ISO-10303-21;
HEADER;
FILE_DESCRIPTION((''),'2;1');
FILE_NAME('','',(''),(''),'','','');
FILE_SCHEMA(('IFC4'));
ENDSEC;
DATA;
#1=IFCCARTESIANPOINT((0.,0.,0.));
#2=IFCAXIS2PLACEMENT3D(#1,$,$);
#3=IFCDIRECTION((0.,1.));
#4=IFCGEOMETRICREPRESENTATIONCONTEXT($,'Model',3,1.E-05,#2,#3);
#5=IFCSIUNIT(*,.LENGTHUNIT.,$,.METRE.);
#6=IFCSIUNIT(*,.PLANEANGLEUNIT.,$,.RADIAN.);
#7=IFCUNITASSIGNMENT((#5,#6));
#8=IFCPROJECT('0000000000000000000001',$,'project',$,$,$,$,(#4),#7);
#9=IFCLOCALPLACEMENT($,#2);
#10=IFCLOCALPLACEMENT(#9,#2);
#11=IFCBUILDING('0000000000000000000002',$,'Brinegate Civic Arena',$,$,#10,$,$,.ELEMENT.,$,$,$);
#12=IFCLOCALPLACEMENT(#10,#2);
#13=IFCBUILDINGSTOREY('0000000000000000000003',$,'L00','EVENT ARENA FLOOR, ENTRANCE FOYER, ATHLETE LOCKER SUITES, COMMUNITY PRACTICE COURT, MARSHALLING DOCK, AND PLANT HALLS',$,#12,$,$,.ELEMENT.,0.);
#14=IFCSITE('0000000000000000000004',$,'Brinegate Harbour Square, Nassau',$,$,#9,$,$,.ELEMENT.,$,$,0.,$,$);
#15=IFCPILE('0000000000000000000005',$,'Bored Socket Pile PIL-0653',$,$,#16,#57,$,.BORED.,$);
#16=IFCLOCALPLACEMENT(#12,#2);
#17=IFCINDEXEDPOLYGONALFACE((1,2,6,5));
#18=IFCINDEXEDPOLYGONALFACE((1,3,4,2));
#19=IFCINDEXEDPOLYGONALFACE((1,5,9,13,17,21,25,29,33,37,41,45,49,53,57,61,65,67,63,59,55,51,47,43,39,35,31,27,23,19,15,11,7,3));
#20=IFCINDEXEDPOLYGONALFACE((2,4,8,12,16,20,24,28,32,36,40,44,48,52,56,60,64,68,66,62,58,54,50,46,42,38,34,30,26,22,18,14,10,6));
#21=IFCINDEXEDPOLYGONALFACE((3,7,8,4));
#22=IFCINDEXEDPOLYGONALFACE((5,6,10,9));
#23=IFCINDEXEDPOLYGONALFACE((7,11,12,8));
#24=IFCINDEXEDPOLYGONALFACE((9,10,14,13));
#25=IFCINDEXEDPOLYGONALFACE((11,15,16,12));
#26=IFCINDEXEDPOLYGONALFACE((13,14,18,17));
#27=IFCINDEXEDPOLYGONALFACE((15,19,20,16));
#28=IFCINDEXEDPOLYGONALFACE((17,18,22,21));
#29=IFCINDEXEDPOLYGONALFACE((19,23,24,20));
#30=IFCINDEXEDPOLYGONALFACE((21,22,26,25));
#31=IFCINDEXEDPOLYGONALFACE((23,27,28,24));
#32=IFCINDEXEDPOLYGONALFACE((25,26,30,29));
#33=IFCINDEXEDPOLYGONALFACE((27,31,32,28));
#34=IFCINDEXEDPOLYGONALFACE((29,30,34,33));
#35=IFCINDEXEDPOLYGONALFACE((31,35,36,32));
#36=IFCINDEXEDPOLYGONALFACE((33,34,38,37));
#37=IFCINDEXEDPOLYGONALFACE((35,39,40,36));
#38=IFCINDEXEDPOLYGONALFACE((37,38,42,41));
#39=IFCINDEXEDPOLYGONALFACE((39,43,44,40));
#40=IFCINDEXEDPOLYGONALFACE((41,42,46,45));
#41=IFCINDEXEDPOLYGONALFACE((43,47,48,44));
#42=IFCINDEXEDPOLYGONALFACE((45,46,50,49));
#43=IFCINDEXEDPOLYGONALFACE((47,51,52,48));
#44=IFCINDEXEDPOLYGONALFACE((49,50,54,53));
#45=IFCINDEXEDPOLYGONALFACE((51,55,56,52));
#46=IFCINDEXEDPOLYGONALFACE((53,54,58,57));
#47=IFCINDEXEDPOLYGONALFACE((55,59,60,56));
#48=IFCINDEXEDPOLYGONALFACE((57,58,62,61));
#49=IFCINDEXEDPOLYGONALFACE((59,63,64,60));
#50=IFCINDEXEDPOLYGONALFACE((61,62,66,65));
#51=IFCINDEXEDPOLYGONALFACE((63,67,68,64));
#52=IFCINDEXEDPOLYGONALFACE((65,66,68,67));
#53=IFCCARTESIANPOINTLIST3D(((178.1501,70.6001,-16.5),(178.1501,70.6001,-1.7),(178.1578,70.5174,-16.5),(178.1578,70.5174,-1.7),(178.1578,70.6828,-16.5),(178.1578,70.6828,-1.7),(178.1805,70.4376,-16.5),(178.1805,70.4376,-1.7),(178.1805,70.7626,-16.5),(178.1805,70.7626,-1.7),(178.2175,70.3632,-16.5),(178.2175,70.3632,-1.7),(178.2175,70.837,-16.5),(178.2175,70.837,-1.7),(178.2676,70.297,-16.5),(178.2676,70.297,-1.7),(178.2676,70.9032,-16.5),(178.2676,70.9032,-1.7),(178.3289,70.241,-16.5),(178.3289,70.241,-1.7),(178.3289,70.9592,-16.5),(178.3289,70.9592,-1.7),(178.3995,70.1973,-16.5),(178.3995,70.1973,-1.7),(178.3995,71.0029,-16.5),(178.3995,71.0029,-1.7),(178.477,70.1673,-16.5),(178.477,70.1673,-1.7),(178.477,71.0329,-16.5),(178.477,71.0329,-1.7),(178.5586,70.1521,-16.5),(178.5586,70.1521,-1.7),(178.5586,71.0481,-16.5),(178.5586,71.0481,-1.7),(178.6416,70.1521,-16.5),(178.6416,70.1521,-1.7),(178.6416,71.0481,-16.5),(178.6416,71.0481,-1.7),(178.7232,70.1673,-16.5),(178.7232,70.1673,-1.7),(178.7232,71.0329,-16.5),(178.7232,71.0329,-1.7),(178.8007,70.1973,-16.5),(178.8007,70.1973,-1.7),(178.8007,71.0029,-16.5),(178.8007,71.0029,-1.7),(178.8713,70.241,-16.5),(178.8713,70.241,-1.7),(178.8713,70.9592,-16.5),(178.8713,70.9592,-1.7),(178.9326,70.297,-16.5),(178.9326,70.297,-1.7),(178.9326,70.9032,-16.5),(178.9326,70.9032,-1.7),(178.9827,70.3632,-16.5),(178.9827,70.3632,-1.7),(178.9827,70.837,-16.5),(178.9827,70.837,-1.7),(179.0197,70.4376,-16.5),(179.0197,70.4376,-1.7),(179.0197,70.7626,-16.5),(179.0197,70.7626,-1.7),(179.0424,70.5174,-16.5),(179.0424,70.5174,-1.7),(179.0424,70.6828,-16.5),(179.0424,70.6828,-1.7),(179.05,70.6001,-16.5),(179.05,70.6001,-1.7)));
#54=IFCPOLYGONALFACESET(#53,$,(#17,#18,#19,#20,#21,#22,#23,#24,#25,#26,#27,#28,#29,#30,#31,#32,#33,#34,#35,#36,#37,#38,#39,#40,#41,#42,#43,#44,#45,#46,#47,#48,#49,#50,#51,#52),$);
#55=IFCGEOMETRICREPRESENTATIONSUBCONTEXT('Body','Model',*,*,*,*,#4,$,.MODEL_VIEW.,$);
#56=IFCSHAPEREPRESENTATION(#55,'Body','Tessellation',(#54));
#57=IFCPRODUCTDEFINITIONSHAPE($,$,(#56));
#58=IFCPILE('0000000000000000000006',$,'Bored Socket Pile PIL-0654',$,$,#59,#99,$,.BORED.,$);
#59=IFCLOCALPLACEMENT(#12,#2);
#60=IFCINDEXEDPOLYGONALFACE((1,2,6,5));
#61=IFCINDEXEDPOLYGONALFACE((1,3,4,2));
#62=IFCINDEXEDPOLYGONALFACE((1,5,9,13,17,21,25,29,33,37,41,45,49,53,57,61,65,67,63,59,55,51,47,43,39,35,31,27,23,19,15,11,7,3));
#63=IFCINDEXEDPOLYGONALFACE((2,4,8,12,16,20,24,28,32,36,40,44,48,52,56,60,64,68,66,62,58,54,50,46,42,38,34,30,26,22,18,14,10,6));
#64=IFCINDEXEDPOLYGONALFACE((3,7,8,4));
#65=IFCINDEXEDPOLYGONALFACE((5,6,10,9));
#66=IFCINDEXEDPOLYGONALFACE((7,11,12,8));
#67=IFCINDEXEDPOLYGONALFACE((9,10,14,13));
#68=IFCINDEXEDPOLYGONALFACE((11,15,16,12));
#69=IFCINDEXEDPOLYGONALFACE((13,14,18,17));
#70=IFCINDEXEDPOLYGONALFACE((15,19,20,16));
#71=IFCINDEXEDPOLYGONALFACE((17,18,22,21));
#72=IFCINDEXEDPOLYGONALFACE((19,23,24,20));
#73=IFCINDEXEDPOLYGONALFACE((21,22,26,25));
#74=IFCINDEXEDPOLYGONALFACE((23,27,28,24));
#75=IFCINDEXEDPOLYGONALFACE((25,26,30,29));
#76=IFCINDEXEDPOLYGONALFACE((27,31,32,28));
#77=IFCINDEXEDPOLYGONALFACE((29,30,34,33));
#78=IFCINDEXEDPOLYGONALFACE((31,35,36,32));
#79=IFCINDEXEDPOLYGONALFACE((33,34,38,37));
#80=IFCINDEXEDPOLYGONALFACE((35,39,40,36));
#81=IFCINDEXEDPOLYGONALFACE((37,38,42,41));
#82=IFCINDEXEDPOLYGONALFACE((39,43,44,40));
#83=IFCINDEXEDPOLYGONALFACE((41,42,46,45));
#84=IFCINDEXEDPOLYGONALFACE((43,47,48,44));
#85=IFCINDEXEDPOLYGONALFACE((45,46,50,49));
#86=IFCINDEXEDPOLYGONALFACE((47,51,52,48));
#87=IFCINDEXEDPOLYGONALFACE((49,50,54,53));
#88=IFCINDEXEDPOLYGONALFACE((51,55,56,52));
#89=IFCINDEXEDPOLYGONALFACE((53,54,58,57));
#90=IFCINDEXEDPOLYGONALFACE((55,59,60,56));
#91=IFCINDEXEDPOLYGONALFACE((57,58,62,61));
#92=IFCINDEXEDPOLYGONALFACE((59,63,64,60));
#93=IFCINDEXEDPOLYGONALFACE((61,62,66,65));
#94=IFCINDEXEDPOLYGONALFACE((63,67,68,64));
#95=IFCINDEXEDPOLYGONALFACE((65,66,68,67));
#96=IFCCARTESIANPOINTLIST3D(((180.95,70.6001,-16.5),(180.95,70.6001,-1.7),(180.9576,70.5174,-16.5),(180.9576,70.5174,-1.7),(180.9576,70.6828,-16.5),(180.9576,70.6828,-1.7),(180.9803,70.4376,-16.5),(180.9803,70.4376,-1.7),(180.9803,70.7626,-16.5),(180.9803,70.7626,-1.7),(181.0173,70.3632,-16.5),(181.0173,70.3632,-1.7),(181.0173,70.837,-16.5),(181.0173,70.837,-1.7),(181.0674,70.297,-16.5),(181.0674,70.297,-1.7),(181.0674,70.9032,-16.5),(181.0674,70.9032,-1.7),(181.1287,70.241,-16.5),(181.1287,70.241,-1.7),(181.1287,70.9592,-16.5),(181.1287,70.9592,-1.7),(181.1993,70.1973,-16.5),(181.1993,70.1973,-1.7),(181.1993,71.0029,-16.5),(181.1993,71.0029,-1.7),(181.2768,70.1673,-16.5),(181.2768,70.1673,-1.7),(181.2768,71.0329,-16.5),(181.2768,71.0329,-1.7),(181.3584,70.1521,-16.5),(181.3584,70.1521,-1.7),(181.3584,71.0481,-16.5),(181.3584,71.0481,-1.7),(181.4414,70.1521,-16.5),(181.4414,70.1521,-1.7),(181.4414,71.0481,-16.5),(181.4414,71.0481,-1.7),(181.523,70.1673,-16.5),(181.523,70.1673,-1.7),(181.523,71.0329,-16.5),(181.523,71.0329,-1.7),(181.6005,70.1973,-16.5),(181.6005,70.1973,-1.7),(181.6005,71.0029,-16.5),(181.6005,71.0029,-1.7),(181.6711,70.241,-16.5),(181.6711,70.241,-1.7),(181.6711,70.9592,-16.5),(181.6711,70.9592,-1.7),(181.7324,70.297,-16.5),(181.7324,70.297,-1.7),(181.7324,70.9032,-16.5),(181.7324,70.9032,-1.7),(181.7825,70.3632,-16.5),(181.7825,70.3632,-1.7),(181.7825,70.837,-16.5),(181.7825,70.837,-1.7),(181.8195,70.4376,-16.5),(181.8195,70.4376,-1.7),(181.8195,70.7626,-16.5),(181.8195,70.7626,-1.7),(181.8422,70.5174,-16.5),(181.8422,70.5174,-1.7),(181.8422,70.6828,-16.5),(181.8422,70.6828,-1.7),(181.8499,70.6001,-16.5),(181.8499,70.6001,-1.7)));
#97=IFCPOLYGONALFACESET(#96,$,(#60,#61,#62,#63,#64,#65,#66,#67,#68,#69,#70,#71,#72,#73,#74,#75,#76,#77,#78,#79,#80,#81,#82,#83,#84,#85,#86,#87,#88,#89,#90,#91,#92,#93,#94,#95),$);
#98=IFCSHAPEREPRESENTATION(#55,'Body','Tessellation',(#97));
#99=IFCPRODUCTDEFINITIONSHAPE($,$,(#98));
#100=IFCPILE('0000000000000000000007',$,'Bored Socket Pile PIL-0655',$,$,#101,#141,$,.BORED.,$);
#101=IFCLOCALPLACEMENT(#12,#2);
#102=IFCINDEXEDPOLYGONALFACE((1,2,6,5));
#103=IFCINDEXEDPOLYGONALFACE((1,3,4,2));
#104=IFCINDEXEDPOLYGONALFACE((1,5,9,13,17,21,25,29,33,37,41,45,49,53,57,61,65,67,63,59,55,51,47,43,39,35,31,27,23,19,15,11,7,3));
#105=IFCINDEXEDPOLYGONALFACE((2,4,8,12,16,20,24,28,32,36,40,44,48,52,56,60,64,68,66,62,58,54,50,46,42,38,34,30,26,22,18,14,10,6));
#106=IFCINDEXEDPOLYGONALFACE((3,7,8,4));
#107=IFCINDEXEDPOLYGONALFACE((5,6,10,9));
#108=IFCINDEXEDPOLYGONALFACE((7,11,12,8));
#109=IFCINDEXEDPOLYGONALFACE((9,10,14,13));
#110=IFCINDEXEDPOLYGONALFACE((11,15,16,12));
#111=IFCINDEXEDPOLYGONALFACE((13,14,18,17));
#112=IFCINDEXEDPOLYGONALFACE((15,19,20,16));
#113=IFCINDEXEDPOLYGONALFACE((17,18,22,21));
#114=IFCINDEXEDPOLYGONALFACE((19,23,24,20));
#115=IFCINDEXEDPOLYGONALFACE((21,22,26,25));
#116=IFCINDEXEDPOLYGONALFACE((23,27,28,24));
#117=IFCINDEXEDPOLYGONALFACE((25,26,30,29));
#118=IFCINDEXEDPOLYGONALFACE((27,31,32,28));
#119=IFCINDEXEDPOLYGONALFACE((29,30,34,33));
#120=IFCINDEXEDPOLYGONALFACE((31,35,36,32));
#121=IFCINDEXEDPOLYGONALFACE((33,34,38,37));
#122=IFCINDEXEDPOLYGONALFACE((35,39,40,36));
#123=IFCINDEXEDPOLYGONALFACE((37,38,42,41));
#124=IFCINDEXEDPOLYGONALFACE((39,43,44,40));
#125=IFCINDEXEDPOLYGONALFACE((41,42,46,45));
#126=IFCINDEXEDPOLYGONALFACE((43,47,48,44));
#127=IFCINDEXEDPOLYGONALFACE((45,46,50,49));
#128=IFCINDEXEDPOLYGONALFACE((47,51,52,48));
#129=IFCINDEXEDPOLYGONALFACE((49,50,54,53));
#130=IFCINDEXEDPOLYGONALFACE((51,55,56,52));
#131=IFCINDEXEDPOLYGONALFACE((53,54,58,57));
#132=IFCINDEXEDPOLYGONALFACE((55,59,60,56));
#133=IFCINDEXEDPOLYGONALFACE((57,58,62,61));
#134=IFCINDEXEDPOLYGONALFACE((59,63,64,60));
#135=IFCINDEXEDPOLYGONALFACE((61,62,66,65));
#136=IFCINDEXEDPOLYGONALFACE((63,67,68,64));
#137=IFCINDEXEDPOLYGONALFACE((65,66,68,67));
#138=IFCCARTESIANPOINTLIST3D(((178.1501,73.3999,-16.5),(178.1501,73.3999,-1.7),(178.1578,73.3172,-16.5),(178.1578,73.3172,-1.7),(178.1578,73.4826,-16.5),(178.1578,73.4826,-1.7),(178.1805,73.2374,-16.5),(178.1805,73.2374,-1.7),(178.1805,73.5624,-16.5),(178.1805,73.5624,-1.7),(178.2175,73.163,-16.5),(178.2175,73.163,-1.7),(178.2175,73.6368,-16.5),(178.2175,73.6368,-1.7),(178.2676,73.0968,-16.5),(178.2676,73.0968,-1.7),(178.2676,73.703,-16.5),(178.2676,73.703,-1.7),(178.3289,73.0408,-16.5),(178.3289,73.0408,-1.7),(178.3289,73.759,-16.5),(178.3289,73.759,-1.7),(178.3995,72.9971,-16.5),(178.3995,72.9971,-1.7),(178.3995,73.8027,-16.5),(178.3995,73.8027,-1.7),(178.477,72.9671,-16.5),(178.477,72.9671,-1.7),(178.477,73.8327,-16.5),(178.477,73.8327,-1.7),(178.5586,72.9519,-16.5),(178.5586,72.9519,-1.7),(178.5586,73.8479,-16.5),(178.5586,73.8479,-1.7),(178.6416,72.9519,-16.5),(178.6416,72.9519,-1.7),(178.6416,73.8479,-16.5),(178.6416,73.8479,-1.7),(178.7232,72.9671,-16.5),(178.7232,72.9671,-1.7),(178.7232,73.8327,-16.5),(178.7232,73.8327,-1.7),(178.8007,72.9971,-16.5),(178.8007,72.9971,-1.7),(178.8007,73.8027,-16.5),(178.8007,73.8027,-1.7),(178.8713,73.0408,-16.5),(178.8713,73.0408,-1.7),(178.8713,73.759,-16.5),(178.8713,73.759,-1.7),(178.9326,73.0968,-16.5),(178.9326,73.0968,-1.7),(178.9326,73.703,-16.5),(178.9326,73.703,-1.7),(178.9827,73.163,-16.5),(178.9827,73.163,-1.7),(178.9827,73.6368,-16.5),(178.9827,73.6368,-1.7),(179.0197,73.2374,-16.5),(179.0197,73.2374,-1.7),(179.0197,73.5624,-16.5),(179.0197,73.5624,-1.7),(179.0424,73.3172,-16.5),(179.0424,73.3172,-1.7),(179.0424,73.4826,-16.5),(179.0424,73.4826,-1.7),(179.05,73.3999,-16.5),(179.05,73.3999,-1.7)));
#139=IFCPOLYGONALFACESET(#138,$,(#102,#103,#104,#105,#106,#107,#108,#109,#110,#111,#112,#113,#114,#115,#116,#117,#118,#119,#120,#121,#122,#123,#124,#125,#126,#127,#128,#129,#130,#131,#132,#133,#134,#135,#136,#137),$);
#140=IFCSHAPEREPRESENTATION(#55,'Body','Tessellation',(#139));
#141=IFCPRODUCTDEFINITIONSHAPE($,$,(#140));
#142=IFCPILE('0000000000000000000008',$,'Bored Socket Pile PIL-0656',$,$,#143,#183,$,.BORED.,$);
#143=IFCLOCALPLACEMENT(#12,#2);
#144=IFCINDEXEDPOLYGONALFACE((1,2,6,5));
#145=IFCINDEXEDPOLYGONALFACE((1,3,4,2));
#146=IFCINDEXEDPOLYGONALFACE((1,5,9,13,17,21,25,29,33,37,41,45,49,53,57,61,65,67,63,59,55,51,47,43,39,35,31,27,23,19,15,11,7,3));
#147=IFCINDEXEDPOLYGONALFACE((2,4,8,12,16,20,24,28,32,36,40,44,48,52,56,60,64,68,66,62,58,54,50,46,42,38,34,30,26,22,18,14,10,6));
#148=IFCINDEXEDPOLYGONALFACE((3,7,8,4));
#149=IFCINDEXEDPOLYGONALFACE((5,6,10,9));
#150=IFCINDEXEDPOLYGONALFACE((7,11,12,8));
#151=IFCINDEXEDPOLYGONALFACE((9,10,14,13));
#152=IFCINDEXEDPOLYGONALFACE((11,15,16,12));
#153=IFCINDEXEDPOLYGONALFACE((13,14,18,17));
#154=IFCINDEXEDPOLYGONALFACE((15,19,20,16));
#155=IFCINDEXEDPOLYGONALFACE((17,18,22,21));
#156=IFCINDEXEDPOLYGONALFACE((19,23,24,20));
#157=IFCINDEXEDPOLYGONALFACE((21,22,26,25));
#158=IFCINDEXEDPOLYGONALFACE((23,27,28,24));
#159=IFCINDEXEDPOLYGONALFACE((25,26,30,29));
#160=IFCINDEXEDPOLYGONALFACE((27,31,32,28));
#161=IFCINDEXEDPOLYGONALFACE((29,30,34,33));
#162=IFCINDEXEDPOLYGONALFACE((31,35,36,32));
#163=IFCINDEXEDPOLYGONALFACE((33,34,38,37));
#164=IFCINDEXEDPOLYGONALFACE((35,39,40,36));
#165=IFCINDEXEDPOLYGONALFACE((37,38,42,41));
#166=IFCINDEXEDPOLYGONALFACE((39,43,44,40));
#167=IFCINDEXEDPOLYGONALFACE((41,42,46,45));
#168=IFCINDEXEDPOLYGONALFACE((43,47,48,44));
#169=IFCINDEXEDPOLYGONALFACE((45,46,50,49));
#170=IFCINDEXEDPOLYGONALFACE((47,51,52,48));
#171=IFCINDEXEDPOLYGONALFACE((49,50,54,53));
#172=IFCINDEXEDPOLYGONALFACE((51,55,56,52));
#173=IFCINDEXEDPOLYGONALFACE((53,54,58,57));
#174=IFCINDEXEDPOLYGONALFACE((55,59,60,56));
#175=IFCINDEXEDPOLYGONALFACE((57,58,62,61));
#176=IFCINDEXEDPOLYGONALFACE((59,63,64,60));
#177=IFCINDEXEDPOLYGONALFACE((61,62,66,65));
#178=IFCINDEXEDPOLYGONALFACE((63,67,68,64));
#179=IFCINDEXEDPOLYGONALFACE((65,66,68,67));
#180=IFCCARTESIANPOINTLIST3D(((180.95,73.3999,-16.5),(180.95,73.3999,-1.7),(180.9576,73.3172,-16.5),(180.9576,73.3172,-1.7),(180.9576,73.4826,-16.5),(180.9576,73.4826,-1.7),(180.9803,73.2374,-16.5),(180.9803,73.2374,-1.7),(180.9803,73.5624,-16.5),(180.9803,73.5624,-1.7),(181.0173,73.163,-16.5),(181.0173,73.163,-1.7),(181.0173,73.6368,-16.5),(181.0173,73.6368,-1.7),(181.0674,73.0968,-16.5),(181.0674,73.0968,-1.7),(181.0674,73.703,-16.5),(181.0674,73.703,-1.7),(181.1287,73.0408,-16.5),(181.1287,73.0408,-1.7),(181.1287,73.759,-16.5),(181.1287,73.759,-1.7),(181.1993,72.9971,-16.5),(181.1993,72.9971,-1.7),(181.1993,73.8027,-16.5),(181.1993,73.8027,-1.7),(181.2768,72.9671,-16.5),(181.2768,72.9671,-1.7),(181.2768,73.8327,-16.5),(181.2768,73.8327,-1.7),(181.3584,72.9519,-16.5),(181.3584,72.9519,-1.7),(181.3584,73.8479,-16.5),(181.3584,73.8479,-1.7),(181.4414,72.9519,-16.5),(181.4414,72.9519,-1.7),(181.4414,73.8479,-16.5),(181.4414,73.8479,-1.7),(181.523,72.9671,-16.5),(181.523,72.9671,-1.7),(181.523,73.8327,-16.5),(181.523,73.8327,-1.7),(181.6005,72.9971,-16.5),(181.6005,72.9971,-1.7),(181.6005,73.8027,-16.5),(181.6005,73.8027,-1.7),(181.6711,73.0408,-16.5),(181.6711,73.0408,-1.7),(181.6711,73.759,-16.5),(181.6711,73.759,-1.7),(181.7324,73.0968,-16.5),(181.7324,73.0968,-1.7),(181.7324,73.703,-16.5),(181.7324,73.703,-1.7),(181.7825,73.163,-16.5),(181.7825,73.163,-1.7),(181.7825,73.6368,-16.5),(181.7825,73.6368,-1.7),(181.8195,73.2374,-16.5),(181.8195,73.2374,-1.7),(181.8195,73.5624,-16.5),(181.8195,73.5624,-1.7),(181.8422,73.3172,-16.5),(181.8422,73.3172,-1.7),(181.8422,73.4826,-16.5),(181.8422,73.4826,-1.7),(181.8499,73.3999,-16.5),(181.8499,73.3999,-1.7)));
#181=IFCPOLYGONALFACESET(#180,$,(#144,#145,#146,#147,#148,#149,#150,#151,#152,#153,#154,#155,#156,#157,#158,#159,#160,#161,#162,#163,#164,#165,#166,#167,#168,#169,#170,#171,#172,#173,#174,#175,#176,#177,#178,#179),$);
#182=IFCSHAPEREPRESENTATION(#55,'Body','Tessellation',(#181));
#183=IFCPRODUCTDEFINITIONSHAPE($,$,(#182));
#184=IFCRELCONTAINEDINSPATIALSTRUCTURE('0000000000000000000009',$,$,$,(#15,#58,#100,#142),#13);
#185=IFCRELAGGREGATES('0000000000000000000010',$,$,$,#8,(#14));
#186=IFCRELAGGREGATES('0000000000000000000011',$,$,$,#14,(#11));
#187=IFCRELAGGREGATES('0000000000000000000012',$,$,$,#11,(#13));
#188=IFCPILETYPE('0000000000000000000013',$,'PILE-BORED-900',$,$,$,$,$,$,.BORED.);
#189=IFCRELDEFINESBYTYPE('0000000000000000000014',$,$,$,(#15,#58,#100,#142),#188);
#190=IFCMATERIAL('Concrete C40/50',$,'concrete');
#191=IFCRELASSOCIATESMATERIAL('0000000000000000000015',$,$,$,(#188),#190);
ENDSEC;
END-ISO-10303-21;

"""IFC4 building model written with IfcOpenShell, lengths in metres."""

from ifc_helpers import new_model, si_unit, direction, frame, origin, origin_2d, place, context, subcontext, project, spatial, circle, extrude, material, material_profile, profile_set, type_object, element, save


model = new_model("IFC4")

# Units and contexts
model_context = context("Model", 3, precision=1e-05, world=origin(), true_north=direction((0.0, 1.0)))
body_context = subcontext(model_context, "Body", "Model", "MODEL_VIEW")
ifc_project = project(units=[si_unit("LENGTHUNIT", "METRE"), si_unit("PLANEANGLEUNIT", "RADIAN")], contexts=[model_context])

# Site, building, storey
site_placement = place(None, origin())
site = spatial("IfcSite", under=ifc_project, at=site_placement, Name="Brinegate Harbour Square, Nassau", CompositionType="ELEMENT", RefElevation=0.0)
building_placement = place(site_placement, origin())
building = spatial("IfcBuilding", under=site, at=building_placement, Name="Brinegate Civic Arena", CompositionType="ELEMENT")
storey_placement = place(building_placement, origin())
storey = spatial("IfcBuildingStorey", under=building, at=storey_placement, Name="L00", Description="EVENT ARENA FLOOR, ENTRANCE FOYER, ATHLETE LOCKER SUITES, COMMUNITY PRACTICE COURT, MARSHALLING DOCK, AND PLANT HALLS", CompositionType="ELEMENT", Elevation=0.0)

# Shared definitions
ifc_material_1 = material(Name="Concrete C40/50", Category="concrete")

# Piles
ifc_material_profile_1 = material_profile(ifc_material_1, circle(Radius=0.45, at=origin_2d()), Name="PILED900")
ifc_profile_set_1 = profile_set([ifc_material_profile_1], Name="Concrete C40/50")
pile_type_1 = type_object("IfcPileType", Name="PILE-BORED-900", PredefinedType="BORED", material=ifc_profile_set_1)
for number, where, z_axis, x_axis, name in (
    (1, (178.6001, 70.6001, -1.7), (0.0, 0.0, -1.0), (1.0, 0.0, 0.0), "Bored Socket Pile PIL-0653"),
    (2, (181.3999, 70.6001, -1.7), (0.0, 0.0, -1.0), (1.0, 0.0, 0.0), "Bored Socket Pile PIL-0654"),
    (3, (178.6001, 73.3999, -1.7), (0.0, 0.0, -1.0), (1.0, 0.0, 0.0), "Bored Socket Pile PIL-0655"),
    (4, (181.3999, 73.3999, -1.7), (0.0, 0.0, -1.0), (1.0, 0.0, 0.0), "Bored Socket Pile PIL-0656"),
):
    element("IfcPile", number, at=place(storey_placement, frame(where, z_axis=z_axis, x_axis=x_axis)), inside=storey, type_object=pile_type_1, Name=name, PredefinedType="BORED", context=body_context, shape_type="SweptSolid", body=[
        extrude(circle(Radius=0.45, at=origin_2d()), origin(), (0.0, 0.0, 1.0), 14.8),
    ])

save(model, "model.ifc")
